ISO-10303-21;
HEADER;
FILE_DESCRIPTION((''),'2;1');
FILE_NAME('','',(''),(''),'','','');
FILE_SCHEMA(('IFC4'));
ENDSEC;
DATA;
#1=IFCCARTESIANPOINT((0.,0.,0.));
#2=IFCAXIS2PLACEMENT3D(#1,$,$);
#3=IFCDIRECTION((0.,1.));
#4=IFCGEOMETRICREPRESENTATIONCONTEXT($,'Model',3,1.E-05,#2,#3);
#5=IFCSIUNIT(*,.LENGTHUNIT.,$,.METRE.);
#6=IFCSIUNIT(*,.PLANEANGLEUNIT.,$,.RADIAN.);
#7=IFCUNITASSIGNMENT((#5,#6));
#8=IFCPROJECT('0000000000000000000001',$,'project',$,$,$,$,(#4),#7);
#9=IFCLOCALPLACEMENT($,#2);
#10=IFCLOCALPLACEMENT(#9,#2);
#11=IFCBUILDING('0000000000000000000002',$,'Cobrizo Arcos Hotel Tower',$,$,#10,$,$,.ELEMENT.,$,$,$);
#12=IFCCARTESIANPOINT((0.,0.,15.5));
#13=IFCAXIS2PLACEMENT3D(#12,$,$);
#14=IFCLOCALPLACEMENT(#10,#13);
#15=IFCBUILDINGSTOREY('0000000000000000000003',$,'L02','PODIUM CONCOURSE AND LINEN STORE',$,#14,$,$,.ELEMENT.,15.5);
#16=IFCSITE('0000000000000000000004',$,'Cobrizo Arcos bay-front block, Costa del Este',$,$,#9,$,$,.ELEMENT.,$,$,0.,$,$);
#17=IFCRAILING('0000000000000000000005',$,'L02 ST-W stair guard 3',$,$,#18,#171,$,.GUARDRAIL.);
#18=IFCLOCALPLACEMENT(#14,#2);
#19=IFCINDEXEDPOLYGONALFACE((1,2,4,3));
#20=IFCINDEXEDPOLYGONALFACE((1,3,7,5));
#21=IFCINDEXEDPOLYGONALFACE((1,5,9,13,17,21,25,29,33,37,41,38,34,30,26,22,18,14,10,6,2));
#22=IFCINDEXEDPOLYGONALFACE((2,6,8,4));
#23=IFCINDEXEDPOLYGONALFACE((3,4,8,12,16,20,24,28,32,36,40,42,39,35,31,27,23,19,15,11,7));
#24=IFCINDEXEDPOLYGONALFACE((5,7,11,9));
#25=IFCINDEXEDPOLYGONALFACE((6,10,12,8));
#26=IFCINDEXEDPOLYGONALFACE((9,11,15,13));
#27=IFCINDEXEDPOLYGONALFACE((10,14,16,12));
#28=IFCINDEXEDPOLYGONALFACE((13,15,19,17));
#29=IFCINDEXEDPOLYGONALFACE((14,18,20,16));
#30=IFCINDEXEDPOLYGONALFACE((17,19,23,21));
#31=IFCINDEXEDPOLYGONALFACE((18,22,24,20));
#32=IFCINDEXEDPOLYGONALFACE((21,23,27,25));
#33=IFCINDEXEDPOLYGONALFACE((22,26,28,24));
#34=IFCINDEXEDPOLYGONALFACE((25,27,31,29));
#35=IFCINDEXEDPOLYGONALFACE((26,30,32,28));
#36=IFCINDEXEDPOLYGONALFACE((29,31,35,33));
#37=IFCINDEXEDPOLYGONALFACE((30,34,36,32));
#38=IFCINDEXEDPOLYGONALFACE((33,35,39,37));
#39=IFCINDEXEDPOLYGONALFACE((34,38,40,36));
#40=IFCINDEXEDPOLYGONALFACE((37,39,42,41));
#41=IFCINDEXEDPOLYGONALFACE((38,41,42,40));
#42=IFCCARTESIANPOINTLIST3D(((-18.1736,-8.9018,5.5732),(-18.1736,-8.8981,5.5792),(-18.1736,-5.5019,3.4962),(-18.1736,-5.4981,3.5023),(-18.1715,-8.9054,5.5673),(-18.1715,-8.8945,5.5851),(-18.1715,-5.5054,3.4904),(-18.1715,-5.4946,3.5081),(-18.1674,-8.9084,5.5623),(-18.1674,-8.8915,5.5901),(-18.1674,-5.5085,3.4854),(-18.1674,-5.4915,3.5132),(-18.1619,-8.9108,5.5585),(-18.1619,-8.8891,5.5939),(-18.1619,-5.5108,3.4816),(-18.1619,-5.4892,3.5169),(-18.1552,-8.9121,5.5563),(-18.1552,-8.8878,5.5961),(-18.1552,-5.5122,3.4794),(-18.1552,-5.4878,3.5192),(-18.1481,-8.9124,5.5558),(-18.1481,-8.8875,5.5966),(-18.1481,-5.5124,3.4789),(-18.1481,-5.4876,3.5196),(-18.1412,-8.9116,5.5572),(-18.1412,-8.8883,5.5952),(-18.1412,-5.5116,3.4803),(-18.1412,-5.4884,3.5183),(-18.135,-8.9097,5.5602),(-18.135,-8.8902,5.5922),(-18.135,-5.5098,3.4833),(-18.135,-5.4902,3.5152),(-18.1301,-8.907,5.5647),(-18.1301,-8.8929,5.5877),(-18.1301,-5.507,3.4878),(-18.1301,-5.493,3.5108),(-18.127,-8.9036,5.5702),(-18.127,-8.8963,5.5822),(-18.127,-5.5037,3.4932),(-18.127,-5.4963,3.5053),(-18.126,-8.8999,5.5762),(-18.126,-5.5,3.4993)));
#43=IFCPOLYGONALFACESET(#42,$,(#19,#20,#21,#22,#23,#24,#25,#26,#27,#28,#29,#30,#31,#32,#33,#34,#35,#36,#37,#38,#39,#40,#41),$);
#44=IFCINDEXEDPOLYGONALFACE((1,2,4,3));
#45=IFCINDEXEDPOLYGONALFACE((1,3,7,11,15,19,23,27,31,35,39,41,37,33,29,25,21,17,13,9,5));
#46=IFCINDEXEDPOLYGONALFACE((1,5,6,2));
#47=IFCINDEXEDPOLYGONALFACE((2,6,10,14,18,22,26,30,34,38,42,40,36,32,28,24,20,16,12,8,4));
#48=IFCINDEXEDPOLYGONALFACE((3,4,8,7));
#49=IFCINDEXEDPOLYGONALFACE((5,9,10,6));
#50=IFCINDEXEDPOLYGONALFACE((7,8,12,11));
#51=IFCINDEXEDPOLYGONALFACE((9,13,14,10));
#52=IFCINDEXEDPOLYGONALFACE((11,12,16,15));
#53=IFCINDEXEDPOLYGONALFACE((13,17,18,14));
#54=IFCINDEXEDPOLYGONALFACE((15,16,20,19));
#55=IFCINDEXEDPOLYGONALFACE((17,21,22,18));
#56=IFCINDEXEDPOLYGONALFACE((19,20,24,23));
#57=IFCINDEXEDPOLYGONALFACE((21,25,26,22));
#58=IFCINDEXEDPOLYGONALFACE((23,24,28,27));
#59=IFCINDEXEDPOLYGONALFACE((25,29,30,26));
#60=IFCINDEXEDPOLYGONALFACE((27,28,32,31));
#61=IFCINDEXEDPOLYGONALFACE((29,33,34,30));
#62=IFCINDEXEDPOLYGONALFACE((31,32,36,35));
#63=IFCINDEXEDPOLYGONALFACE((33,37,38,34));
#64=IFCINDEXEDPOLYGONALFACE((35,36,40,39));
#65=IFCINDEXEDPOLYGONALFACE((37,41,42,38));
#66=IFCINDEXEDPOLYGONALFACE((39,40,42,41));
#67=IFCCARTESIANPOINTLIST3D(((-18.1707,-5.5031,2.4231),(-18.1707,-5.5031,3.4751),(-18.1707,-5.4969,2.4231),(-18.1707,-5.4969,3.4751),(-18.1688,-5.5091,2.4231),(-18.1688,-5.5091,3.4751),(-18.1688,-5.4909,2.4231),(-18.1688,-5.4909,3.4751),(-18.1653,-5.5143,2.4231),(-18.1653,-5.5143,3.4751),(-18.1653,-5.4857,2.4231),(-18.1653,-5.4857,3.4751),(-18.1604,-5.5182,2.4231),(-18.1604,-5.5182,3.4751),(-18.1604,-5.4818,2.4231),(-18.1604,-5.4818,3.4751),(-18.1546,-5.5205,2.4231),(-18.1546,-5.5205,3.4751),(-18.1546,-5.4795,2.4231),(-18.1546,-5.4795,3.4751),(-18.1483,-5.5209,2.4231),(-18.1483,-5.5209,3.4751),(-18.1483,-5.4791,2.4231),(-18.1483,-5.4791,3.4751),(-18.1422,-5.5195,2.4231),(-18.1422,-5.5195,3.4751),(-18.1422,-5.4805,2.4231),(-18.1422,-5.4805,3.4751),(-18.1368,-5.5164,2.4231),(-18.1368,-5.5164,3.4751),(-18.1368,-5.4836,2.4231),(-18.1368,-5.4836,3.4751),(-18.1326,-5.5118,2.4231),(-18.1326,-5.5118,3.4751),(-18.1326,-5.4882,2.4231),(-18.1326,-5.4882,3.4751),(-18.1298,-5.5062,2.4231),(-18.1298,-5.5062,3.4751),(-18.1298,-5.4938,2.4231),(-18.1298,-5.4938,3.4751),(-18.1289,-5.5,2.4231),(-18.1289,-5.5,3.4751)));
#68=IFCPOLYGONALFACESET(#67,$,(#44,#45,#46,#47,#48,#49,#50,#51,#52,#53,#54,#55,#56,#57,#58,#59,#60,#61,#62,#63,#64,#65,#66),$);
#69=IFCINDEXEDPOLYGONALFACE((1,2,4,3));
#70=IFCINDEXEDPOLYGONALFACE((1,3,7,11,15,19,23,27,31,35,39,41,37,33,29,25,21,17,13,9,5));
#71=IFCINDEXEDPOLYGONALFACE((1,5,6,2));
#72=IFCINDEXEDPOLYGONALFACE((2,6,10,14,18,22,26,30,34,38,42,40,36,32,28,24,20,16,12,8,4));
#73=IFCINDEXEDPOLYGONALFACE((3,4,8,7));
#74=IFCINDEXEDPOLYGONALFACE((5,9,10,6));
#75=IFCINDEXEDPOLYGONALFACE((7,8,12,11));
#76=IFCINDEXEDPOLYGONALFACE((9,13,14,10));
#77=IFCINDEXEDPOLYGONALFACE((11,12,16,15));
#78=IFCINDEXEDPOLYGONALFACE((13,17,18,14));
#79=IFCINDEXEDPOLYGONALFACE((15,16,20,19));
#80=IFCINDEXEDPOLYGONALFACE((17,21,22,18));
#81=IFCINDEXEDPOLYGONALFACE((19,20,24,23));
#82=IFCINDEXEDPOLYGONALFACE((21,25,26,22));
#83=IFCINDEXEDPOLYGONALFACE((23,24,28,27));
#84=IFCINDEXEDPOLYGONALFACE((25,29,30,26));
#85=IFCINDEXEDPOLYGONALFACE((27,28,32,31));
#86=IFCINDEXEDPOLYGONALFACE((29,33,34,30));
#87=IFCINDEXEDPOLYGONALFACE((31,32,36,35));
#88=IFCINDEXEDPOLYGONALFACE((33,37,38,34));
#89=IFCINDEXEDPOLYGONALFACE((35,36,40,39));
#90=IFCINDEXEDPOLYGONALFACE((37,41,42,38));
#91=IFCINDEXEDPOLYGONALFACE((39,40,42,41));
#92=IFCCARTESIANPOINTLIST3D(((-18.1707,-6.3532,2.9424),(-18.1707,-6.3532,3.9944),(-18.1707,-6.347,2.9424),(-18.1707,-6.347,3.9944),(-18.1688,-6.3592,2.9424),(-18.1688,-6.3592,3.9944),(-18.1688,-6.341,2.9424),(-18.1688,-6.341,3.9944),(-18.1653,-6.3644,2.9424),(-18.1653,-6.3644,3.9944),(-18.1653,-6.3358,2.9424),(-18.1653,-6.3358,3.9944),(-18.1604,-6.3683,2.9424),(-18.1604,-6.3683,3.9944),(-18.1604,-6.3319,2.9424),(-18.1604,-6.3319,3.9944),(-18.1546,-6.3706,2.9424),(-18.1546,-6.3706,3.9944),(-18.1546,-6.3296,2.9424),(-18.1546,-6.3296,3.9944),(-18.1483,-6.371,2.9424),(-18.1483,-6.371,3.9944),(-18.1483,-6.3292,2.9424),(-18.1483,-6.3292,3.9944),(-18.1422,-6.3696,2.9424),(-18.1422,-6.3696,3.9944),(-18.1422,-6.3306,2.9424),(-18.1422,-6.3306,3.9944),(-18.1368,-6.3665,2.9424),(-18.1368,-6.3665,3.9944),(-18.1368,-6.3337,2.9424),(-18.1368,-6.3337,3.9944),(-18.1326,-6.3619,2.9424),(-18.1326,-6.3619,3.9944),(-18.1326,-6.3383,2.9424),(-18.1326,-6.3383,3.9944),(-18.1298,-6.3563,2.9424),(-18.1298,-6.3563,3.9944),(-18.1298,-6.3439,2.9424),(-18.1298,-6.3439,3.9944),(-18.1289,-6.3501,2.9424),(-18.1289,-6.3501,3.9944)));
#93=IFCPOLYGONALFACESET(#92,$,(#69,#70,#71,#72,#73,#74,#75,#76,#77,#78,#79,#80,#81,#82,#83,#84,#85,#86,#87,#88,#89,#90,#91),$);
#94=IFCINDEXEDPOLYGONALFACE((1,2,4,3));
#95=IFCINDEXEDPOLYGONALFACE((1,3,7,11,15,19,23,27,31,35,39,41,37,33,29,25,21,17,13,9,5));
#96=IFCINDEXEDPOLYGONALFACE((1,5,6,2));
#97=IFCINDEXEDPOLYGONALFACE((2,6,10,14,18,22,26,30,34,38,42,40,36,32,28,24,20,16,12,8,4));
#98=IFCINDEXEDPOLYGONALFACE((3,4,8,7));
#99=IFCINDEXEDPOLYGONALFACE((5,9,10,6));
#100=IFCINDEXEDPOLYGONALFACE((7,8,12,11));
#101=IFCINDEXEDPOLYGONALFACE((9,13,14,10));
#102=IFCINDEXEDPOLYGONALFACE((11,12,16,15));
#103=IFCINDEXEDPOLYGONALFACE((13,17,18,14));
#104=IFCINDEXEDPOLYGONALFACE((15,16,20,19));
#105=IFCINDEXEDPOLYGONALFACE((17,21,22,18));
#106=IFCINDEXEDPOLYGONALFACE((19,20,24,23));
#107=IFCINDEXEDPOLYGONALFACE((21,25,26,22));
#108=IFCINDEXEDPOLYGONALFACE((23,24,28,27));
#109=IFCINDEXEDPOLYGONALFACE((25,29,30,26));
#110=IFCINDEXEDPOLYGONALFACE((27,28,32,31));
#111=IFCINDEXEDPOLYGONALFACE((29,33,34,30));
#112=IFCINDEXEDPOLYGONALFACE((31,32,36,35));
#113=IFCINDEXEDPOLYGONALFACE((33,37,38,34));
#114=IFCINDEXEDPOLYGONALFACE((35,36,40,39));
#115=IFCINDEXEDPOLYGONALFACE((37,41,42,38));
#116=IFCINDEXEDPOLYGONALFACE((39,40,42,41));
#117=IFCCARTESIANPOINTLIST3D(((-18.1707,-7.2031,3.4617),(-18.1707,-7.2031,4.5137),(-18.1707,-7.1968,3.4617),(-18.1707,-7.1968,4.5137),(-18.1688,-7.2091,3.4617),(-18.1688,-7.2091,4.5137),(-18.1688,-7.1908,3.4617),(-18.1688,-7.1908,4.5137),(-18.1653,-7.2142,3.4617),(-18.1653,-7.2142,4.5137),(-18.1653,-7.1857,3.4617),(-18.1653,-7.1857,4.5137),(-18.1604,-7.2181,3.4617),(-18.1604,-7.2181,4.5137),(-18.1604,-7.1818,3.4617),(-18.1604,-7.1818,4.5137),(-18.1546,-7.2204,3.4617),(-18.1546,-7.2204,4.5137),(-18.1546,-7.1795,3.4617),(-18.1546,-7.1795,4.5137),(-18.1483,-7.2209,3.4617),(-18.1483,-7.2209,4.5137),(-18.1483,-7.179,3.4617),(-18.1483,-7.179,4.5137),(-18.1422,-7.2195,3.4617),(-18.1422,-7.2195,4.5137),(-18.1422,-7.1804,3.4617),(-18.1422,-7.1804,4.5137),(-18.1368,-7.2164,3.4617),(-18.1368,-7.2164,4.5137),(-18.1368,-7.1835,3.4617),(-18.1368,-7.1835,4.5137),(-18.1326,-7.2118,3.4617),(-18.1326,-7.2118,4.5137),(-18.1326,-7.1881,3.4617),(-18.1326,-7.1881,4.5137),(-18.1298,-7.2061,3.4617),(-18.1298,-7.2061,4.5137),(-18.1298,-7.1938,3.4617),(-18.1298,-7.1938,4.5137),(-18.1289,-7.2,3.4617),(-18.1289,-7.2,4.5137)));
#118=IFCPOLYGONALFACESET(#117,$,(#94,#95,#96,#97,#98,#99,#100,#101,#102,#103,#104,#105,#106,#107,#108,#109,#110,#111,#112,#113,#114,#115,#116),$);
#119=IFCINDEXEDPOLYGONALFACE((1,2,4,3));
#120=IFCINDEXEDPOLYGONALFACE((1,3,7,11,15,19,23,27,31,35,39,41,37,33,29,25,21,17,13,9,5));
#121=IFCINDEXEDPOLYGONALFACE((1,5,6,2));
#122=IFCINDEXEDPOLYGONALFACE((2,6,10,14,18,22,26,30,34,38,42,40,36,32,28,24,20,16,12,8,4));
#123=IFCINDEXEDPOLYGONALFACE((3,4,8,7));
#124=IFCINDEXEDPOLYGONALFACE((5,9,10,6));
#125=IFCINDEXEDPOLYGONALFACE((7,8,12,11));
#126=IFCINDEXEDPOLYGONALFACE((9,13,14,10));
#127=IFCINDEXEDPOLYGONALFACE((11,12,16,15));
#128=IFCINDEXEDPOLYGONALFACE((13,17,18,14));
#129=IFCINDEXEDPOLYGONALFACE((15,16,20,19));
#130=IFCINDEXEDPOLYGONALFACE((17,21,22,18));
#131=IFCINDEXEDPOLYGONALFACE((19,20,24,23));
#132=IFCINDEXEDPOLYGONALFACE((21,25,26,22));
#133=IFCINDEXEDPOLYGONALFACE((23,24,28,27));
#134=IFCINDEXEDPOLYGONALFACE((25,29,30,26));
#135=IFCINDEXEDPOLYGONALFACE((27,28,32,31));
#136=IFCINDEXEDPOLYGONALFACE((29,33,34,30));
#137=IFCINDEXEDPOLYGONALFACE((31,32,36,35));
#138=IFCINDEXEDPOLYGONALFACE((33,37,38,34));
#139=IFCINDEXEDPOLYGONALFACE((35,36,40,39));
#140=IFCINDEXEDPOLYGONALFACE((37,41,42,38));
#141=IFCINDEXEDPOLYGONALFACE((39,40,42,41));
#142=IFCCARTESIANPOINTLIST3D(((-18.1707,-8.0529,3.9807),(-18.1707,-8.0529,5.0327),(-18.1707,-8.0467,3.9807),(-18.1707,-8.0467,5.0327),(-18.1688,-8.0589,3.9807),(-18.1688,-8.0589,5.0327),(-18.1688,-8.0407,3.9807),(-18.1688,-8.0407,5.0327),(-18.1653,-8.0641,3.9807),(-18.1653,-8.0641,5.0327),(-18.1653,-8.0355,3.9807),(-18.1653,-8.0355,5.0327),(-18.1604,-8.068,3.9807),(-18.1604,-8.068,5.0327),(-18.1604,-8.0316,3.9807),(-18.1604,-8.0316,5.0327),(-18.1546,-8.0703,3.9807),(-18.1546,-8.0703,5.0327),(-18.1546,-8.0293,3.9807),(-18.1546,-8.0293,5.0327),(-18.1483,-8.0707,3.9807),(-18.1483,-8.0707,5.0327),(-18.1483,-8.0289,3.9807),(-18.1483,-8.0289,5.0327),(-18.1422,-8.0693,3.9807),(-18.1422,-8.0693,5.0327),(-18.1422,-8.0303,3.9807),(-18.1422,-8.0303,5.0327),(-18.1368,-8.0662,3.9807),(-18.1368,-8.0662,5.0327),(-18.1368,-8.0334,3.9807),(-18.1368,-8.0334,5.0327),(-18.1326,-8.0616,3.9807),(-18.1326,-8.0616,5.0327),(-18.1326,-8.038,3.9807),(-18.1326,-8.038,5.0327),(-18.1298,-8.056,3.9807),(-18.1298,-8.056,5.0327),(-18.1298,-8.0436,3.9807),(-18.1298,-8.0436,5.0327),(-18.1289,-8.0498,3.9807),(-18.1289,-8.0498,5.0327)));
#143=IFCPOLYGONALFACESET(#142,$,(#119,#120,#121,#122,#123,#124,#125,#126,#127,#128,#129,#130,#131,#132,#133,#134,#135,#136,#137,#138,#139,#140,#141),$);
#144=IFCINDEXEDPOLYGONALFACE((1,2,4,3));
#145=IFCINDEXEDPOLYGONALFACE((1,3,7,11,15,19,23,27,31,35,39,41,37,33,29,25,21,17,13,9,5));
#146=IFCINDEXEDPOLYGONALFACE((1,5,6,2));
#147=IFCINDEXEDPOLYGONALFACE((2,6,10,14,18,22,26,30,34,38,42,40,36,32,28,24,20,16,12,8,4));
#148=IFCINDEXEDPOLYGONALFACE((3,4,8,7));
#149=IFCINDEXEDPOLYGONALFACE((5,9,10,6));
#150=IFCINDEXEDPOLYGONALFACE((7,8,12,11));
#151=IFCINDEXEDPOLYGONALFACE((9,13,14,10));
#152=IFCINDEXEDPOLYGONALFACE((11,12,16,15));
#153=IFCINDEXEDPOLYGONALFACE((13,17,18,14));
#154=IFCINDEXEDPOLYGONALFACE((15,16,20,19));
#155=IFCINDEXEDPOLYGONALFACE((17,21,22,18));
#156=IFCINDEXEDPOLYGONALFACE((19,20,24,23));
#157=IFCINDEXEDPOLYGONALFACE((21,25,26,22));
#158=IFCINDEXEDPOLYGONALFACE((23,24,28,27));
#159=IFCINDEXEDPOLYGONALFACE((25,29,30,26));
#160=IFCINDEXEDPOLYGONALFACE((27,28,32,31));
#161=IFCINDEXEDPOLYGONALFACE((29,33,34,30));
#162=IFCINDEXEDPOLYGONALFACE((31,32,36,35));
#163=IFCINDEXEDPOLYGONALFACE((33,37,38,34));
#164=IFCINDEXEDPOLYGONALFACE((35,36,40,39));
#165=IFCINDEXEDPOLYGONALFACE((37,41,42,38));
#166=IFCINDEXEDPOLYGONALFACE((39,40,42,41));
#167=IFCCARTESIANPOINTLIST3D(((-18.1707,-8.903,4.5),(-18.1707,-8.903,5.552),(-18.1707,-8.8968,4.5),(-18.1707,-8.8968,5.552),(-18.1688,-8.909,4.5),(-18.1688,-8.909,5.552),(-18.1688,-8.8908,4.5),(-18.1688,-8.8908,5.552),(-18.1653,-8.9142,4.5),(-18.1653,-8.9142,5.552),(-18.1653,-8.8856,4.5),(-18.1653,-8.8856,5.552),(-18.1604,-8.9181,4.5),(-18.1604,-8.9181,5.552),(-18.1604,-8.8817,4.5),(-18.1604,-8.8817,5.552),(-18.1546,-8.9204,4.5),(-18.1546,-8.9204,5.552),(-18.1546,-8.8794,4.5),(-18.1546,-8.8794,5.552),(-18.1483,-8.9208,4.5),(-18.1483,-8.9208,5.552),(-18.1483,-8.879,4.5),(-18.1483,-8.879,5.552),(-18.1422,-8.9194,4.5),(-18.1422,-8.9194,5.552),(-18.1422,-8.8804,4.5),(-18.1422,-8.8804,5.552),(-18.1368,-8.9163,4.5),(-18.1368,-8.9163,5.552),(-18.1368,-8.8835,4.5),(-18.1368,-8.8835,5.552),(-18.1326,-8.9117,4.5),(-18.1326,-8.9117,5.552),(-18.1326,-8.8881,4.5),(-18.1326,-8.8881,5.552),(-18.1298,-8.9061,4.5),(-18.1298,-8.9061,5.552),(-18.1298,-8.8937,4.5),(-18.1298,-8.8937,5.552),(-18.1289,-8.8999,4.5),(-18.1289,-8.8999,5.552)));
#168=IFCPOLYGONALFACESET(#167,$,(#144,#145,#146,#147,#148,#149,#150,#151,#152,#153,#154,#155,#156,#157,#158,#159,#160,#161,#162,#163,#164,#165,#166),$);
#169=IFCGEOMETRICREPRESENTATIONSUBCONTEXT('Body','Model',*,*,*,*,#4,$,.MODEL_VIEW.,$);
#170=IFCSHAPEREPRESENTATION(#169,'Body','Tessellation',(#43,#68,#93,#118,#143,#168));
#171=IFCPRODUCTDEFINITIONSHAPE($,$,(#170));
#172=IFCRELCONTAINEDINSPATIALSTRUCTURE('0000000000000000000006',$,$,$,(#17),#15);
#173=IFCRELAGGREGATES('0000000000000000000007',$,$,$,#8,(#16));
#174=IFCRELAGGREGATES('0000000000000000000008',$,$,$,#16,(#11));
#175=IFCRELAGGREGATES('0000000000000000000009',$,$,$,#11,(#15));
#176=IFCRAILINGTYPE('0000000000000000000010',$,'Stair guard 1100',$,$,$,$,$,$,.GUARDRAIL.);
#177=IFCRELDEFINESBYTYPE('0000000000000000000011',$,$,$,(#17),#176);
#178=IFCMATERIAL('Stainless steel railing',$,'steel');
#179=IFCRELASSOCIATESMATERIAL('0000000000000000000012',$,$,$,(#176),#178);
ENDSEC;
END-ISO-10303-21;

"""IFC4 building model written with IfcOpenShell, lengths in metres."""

from ifc_helpers import new_model, si_unit, direction, frame, origin, origin_2d, place, context, subcontext, project, spatial, circle, extrude, material, type_object, element, save


model = new_model("IFC4")

# Units and contexts
model_context = context("Model", 3, precision=1e-05, world=origin(), true_north=direction((0.0, 1.0)))
body_context = subcontext(model_context, "Body", "Model", "MODEL_VIEW")
ifc_project = project(units=[si_unit("LENGTHUNIT", "METRE"), si_unit("PLANEANGLEUNIT", "RADIAN")], contexts=[model_context])

# Site, building, storey
site_placement = place(None, origin())
site = spatial("IfcSite", under=ifc_project, at=site_placement, Name="Cobrizo Arcos bay-front block, Costa del Este", CompositionType="ELEMENT", RefElevation=0.0)
building_placement = place(site_placement, origin())
building = spatial("IfcBuilding", under=site, at=building_placement, Name="Cobrizo Arcos Hotel Tower", CompositionType="ELEMENT")
storey_placement = place(building_placement, frame((0.0, 0.0, 15.5)))
storey = spatial("IfcBuildingStorey", under=building, at=storey_placement, Name="L02", Description="PODIUM CONCOURSE AND LINEN STORE", CompositionType="ELEMENT", Elevation=15.5)

# Railing
ifc_material_1 = material(Name="Stainless steel railing", Category="steel")
railing_type_1 = type_object("IfcRailingType", Name="Stair guard 1100", PredefinedType="GUARDRAIL", material=ifc_material_1)
railing_1_placement = place(storey_placement, frame((-18.1499, -5.5, 2.4231)))
element("IfcRailing", 1, at=railing_1_placement, inside=storey, type_object=railing_type_1, Name="L02 ST-W stair guard 3", PredefinedType="GUARDRAIL", context=body_context, shape_type="SweptSolid", body=[
    extrude(circle(Radius=0.0239, at=origin_2d()), frame((0.0, 0.0, 1.0762), z_axis=(0.0, -0.853373, 0.521301), x_axis=(1.0, 0.0, 0.0)), (0.0, 0.0, 1.0), 3.9841),
    extrude(circle(Radius=0.021, at=origin_2d()), origin(), (0.0, 0.0, 1.0), 1.052),
    extrude(circle(Radius=0.021, at=origin_2d()), frame((0.0, -0.8501, 0.5193)), (0.0, 0.0, 1.0), 1.052),
    extrude(circle(Radius=0.021, at=origin_2d()), frame((0.0, -1.7, 1.0386)), (0.0, 0.0, 1.0), 1.052),
    extrude(circle(Radius=0.021, at=origin_2d()), frame((0.0, -2.5498, 1.5576)), (0.0, 0.0, 1.0), 1.052),
    extrude(circle(Radius=0.021, at=origin_2d()), frame((0.0, -3.3999, 2.0769)), (0.0, 0.0, 1.0), 1.052),
])

save(model, "model.ifc")
